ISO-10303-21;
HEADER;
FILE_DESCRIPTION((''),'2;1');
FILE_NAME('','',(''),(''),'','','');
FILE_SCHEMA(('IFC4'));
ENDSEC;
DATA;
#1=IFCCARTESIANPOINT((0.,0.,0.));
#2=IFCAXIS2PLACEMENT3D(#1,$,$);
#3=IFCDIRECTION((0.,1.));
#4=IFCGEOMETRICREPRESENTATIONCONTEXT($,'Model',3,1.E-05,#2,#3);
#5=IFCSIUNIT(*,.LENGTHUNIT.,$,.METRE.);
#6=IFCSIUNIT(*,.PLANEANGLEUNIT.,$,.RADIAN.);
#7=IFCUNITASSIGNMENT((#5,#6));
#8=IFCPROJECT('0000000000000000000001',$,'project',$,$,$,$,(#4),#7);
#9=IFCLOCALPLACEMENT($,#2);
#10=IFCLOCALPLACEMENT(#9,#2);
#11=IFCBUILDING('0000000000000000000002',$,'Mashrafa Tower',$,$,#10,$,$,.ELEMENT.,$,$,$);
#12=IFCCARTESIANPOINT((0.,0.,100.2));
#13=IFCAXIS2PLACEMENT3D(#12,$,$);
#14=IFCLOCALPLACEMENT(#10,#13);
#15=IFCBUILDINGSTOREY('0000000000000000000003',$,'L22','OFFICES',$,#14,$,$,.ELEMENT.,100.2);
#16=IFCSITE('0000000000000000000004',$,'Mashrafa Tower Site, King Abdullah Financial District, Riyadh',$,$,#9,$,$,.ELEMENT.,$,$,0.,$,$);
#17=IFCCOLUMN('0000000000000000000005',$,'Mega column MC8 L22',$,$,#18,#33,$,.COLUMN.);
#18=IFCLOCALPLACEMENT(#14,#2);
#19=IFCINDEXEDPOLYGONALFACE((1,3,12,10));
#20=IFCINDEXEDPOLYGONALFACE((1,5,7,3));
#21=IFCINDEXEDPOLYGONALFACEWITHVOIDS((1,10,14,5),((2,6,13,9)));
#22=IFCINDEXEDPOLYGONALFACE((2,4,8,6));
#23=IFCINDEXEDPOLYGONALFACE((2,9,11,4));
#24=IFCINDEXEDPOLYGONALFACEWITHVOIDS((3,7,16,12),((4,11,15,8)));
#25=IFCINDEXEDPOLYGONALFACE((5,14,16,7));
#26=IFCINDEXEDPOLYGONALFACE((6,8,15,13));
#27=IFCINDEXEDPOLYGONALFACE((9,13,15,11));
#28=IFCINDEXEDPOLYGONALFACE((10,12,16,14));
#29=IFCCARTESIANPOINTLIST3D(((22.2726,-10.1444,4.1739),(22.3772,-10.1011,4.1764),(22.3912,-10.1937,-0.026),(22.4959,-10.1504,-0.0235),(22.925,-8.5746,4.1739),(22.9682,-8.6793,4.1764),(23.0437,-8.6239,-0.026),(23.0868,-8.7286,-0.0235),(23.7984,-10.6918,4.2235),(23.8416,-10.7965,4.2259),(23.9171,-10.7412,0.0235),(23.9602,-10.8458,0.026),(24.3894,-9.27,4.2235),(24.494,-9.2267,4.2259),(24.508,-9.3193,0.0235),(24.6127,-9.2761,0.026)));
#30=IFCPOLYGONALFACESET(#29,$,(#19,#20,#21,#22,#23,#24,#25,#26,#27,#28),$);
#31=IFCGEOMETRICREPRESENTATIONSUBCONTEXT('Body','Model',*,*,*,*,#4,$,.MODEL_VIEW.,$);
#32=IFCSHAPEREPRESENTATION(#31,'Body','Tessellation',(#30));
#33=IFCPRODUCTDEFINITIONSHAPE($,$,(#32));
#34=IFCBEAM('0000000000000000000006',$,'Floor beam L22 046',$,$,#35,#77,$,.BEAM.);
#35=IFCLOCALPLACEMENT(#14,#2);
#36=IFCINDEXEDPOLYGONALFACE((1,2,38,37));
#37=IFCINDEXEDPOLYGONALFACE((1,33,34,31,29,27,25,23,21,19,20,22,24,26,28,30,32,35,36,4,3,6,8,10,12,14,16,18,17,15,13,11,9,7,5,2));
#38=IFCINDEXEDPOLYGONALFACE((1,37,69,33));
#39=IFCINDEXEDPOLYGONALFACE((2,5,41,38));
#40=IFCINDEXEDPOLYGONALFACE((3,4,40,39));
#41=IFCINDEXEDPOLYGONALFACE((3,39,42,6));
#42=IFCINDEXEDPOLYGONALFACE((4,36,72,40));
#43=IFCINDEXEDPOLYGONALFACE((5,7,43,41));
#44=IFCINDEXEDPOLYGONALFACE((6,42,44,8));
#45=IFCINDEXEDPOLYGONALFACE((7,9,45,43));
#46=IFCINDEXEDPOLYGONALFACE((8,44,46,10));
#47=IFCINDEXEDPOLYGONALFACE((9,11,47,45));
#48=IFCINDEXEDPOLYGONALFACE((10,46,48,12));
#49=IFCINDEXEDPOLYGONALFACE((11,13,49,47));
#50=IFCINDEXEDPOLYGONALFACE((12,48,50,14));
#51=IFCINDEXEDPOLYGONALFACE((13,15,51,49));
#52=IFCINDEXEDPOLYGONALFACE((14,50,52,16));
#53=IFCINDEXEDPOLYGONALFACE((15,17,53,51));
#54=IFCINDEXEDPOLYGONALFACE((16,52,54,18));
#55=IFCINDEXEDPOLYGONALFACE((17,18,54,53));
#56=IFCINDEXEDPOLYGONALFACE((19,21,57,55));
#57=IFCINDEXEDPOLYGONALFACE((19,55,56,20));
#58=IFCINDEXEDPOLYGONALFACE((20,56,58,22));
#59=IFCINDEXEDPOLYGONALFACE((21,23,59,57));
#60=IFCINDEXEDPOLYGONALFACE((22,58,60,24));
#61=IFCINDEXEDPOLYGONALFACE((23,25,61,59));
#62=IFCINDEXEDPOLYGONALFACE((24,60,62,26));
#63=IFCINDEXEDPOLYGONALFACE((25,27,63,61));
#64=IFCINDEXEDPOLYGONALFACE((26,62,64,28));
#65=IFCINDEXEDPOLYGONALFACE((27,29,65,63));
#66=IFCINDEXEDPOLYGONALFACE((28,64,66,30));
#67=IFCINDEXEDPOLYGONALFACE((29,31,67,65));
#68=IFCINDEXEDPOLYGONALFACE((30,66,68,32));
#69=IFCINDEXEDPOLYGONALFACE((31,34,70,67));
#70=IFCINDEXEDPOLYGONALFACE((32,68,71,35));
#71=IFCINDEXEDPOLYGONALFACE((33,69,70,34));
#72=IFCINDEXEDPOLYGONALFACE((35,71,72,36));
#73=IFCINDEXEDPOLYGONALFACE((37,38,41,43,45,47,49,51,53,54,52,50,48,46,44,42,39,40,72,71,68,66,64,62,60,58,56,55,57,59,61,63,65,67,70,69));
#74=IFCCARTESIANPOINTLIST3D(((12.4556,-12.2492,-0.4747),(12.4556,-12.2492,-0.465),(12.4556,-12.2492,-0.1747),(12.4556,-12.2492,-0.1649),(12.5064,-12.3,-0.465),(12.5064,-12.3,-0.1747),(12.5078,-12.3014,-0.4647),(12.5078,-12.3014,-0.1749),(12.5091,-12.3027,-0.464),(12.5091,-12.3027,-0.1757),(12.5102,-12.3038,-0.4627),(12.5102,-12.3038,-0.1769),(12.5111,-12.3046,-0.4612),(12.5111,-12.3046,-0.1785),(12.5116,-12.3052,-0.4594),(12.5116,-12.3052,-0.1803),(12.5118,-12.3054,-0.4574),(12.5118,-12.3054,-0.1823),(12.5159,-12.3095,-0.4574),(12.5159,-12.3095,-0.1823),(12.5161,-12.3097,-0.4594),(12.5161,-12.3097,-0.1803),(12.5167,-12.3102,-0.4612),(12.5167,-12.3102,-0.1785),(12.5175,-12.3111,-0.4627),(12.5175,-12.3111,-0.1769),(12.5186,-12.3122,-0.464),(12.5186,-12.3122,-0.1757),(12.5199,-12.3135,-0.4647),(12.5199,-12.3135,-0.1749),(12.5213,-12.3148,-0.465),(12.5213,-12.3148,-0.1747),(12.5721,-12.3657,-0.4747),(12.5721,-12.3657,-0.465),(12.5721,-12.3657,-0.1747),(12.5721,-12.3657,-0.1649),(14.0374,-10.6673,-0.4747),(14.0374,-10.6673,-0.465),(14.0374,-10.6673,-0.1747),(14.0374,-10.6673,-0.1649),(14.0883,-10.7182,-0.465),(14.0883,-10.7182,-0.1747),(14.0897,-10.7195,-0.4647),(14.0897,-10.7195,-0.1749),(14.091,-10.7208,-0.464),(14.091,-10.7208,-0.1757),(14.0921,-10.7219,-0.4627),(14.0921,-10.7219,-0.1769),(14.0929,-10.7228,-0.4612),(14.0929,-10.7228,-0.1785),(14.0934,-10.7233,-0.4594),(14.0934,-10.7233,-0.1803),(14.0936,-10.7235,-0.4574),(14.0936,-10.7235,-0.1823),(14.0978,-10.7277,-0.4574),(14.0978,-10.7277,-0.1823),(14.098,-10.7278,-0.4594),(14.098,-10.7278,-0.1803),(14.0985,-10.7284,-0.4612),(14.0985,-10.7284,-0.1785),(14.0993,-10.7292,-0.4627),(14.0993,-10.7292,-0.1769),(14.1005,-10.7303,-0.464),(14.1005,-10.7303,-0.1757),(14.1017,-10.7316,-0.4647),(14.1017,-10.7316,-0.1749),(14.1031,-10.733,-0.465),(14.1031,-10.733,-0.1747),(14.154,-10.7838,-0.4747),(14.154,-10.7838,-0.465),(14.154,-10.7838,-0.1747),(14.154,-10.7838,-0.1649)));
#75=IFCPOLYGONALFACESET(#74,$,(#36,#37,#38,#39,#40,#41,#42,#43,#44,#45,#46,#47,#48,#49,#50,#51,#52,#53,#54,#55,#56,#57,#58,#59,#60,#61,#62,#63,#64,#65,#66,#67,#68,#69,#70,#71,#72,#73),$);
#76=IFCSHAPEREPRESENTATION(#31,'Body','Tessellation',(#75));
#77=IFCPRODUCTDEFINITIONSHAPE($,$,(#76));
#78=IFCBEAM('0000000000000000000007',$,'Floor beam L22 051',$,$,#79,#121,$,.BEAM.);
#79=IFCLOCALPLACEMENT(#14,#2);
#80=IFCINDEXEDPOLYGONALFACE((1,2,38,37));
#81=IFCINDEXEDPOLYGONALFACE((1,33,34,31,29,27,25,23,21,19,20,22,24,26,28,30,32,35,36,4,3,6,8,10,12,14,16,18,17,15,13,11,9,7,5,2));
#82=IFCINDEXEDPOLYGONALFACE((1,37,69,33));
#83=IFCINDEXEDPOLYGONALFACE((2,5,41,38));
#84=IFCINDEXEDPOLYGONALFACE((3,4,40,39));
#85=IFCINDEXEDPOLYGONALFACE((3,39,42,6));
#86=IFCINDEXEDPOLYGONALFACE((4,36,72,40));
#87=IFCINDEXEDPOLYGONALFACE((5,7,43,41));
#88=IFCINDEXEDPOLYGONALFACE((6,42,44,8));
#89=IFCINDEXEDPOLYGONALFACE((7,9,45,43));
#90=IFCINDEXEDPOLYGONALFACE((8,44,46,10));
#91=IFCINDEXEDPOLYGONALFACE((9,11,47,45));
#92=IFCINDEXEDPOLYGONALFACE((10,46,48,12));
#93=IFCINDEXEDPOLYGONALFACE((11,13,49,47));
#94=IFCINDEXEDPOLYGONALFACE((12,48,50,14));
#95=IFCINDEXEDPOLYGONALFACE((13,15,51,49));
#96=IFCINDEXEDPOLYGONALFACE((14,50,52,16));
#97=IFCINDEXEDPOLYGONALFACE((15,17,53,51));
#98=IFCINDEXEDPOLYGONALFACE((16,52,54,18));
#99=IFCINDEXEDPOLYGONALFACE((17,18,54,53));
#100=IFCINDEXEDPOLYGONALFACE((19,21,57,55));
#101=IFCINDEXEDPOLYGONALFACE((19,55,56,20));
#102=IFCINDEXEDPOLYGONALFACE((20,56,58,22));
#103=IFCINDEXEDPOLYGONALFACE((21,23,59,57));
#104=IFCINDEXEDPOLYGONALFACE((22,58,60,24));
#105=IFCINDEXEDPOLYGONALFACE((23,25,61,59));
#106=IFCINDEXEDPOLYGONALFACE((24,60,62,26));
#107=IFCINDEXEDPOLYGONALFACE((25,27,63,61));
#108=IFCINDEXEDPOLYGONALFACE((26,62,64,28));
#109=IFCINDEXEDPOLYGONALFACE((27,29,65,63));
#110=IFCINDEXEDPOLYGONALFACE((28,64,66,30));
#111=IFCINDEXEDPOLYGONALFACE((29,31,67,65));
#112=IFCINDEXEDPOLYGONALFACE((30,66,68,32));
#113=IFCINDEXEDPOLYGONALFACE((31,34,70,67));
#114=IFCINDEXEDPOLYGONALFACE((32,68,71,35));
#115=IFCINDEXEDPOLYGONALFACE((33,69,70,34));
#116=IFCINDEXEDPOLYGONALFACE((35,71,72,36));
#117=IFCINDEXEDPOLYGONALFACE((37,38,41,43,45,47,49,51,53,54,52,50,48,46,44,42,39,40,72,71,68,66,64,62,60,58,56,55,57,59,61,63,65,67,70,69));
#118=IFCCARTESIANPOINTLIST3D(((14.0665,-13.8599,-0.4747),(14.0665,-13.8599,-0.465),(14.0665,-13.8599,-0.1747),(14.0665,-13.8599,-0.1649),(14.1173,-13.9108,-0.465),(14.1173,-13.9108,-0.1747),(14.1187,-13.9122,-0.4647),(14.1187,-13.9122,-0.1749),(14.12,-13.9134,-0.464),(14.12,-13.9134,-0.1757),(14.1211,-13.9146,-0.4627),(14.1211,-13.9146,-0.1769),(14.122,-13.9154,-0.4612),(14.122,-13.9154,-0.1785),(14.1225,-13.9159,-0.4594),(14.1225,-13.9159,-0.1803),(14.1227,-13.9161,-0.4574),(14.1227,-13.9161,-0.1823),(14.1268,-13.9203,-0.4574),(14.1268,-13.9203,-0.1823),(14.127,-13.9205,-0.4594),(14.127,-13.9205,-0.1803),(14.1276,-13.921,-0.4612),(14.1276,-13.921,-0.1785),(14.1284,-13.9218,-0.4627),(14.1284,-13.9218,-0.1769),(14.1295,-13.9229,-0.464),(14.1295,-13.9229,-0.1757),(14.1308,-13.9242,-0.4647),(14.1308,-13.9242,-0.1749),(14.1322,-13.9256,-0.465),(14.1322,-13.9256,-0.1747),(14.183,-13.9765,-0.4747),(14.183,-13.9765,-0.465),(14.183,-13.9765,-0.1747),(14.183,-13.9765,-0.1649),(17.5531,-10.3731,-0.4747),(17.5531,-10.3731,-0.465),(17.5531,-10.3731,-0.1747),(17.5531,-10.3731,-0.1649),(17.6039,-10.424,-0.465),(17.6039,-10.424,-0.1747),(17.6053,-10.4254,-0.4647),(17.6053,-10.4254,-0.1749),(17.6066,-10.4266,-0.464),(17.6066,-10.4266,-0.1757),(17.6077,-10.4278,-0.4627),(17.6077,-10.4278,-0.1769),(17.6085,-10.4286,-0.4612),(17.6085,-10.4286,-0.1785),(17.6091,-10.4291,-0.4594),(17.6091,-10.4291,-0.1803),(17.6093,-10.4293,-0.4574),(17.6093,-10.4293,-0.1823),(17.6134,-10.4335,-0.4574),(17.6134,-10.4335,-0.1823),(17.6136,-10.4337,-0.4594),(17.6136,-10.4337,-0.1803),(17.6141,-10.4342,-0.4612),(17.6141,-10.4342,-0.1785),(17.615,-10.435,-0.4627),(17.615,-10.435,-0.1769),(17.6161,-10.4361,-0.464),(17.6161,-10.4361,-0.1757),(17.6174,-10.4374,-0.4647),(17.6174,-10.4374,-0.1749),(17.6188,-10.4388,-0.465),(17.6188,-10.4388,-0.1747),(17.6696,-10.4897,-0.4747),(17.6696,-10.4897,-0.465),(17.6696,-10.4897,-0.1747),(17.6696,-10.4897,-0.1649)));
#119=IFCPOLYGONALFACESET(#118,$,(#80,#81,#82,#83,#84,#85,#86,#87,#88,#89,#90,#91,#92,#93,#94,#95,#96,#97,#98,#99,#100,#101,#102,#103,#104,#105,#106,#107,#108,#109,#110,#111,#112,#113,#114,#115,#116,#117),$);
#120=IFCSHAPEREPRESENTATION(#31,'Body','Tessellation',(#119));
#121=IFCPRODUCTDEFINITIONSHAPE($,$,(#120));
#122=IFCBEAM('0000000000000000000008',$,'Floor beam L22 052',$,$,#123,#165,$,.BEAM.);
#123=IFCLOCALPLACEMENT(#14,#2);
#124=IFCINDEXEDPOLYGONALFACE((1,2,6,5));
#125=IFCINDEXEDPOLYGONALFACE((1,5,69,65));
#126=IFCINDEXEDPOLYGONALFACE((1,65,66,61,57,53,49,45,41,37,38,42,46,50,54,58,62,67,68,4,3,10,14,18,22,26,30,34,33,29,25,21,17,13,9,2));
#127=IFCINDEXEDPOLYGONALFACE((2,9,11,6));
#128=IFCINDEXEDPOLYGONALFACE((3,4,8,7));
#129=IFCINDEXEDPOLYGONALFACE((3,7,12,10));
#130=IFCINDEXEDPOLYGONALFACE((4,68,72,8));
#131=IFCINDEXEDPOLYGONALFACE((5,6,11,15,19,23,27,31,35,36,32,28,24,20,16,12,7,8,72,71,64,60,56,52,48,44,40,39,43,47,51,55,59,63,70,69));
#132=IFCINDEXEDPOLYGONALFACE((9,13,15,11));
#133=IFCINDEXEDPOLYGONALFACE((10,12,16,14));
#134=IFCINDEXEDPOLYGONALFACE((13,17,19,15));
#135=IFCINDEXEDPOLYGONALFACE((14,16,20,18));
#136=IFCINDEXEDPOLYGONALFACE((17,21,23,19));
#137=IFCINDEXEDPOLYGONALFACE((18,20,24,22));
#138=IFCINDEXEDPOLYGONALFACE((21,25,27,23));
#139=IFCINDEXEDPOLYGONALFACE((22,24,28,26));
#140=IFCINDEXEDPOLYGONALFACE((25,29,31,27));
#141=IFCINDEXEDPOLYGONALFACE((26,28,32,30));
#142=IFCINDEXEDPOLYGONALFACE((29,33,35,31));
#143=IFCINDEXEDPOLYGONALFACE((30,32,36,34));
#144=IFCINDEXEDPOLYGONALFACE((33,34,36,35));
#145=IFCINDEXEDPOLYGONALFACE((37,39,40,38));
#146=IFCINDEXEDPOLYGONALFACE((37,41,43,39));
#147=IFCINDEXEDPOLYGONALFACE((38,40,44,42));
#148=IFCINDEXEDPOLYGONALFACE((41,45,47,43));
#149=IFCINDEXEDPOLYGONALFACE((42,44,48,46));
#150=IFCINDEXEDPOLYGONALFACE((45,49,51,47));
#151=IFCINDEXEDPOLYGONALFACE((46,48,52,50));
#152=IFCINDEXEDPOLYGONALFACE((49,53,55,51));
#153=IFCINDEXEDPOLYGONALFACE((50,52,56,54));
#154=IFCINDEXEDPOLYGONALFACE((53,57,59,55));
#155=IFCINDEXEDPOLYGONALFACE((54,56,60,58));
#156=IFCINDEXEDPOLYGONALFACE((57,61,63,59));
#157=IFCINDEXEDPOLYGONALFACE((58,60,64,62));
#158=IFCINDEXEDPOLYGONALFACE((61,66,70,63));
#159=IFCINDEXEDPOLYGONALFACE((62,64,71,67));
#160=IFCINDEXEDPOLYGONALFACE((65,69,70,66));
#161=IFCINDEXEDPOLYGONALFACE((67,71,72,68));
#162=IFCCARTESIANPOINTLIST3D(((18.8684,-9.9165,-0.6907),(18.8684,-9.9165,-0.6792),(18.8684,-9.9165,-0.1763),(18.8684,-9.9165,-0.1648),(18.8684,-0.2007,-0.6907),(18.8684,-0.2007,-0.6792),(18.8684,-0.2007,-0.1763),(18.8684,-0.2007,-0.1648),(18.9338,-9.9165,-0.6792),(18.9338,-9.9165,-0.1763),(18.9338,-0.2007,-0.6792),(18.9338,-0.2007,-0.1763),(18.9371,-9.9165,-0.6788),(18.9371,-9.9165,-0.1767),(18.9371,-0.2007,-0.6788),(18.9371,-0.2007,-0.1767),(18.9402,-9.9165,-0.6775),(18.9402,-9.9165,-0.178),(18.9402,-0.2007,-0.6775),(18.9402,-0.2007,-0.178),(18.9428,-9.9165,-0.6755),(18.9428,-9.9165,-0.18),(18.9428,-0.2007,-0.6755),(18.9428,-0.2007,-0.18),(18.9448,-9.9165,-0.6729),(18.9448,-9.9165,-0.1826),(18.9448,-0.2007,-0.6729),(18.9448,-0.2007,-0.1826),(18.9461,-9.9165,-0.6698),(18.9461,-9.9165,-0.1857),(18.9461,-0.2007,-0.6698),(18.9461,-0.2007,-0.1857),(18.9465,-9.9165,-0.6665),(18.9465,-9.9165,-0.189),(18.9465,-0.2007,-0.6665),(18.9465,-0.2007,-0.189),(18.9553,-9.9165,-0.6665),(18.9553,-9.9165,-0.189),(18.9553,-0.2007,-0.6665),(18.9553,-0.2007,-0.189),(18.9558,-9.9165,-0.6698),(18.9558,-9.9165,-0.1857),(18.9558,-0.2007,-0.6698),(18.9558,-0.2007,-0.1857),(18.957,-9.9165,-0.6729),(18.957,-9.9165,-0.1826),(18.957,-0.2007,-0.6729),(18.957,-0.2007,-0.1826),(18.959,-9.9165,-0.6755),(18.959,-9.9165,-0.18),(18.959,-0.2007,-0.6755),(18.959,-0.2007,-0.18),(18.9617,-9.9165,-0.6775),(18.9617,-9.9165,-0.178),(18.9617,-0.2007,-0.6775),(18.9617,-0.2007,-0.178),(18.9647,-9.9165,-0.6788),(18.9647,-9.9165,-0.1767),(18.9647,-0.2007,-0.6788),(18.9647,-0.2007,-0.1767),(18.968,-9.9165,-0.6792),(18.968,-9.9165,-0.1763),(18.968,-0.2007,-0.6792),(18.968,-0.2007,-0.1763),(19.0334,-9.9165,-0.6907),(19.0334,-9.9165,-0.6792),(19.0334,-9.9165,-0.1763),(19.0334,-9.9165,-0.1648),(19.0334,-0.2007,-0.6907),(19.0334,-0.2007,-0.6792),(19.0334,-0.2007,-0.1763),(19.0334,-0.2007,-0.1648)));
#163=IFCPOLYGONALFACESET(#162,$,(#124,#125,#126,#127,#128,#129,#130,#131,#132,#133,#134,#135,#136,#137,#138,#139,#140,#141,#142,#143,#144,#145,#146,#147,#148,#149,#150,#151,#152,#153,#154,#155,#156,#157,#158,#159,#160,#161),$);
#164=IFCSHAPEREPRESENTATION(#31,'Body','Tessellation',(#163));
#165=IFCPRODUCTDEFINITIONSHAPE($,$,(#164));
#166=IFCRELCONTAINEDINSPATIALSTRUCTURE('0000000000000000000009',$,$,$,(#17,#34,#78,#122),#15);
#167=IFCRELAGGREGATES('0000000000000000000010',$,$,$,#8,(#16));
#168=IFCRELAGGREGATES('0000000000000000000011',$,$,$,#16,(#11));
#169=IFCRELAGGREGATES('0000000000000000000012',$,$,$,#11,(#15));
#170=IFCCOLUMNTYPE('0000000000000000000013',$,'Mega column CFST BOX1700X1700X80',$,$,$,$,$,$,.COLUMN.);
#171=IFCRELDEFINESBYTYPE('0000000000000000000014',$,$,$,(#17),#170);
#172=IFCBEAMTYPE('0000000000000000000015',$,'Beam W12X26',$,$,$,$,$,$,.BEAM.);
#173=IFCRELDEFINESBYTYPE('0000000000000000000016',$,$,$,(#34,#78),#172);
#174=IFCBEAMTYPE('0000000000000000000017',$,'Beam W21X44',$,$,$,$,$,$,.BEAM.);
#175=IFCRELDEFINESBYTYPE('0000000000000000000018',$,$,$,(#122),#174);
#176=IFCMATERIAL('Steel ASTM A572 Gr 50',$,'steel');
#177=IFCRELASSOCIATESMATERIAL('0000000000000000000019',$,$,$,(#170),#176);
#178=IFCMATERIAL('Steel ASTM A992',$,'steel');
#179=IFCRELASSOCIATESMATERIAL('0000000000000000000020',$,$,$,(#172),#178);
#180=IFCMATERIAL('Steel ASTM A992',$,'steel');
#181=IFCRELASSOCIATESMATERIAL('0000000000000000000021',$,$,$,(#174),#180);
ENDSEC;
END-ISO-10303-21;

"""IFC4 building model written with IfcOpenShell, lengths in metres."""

from ifc_helpers import new_model, si_unit, direction, frame, origin, origin_2d, place, context, subcontext, project, spatial, hollow_rectangle, i_section, extrude, material, material_profile, profile_set, type_object, element, save


model = new_model("IFC4")

# Units and contexts
model_context = context("Model", 3, precision=1e-05, world=origin(), true_north=direction((0.0, 1.0)))
body_context = subcontext(model_context, "Body", "Model", "MODEL_VIEW")
ifc_project = project(units=[si_unit("LENGTHUNIT", "METRE"), si_unit("PLANEANGLEUNIT", "RADIAN")], contexts=[model_context])

# Site, building, storey
site_placement = place(None, origin())
site = spatial("IfcSite", under=ifc_project, at=site_placement, Name="Mashrafa Tower Site, King Abdullah Financial District, Riyadh", CompositionType="ELEMENT", RefElevation=0.0)
building_placement = place(site_placement, origin())
building = spatial("IfcBuilding", under=site, at=building_placement, Name="Mashrafa Tower", CompositionType="ELEMENT")
storey_placement = place(building_placement, frame((0.0, 0.0, 100.2)))
storey = spatial("IfcBuildingStorey", under=building, at=storey_placement, Name="L22", Description="OFFICES", CompositionType="ELEMENT", Elevation=100.2)

# Column
ifc_material_1 = material(Name="Steel ASTM A572 Gr 50", Category="steel")
ifc_material_profile_1 = material_profile(ifc_material_1, hollow_rectangle(XDim=1.7, YDim=1.7, WallThickness=0.0801, at=origin_2d()), Name="BOX1700X1700X80")
ifc_profile_set_1 = profile_set([ifc_material_profile_1], Name="Steel ASTM A572 Gr 50")
column_type = type_object("IfcColumnType", Name="Mega column CFST BOX1700X1700X80", PredefinedType="COLUMN", material=ifc_profile_set_1)
column_placement = place(storey_placement, frame((23.502, -9.7349, 0.0), z_axis=(-0.028238, 0.011737, 0.999532), x_axis=(-0.383806, -0.923414, 0.0)))
element("IfcColumn", 1, at=column_placement, inside=storey, type_object=column_type, Name="Mega column MC8 L22", PredefinedType="COLUMN", context=body_context, shape_type="SweptSolid", body=[
    extrude(hollow_rectangle(XDim=1.7, YDim=1.7, WallThickness=0.0801, at=origin_2d()), origin(), (0.0, 0.0, 1.0), 4.2019),
])

# Beams
ifc_material_2 = material(Name="Steel ASTM A992", Category="steel")
ifc_material_profile_2 = material_profile(ifc_material_2, i_section(OverallWidth=0.1648, OverallDepth=0.3098, WebThickness=0.0059, FlangeThickness=0.0098, FilletRadius=0.0076, at=origin_2d()), Name="W12X26")
ifc_profile_set_2 = profile_set([ifc_material_profile_2], Name="Steel ASTM A992")
beam_type_1 = type_object("IfcBeamType", Name="Beam W12X26", PredefinedType="BEAM", material=ifc_profile_set_2)
beam_1_placement = place(storey_placement, frame((14.0957, -10.7256, -0.3198), z_axis=(-0.707107, -0.707107, 0.0), x_axis=(0.707107, -0.707107, 0.0)))
element("IfcBeam", 2, at=beam_1_placement, inside=storey, type_object=beam_type_1, Name="Floor beam L22 046", PredefinedType="BEAM", context=body_context, shape_type="SweptSolid", body=[
    extrude(i_section(OverallWidth=0.1648, OverallDepth=0.3098, WebThickness=0.0059, FlangeThickness=0.0098, FilletRadius=0.0076, at=origin_2d()), origin(), (0.0, 0.0, 1.0), 2.2371),
])
beam_2_placement = place(storey_placement, frame((17.6113, -10.4314, -0.3198), z_axis=(-0.707082, -0.707132, 0.0), x_axis=(0.707132, -0.707082, 0.0)))
element("IfcBeam", 3, at=beam_2_placement, inside=storey, type_object=beam_type_1, Name="Floor beam L22 051", PredefinedType="BEAM", context=body_context, shape_type="SweptSolid", body=[
    extrude(i_section(OverallWidth=0.1648, OverallDepth=0.3098, WebThickness=0.0059, FlangeThickness=0.0098, FilletRadius=0.0076, at=origin_2d()), origin(), (0.0, 0.0, 1.0), 4.9309),
])
ifc_material_3 = material(Name="Steel ASTM A992", Category="steel")
ifc_material_profile_3 = material_profile(ifc_material_3, i_section(OverallWidth=0.165, OverallDepth=0.5259, WebThickness=0.0088, FlangeThickness=0.0115, FilletRadius=0.0127, at=origin_2d()), Name="W21X44")
ifc_profile_set_3 = profile_set([ifc_material_profile_3], Name="Steel ASTM A992")
beam_type_2 = type_object("IfcBeamType", Name="Beam W21X44", PredefinedType="BEAM", material=ifc_profile_set_3)
beam_3_placement = place(storey_placement, frame((18.9509, -0.2007, -0.4277), z_axis=(0.0, -1.0, 0.0), x_axis=(1.0, 0.0, 0.0)))
element("IfcBeam", 4, at=beam_3_placement, inside=storey, type_object=beam_type_2, Name="Floor beam L22 052", PredefinedType="BEAM", context=body_context, shape_type="SweptSolid", body=[
    extrude(i_section(OverallWidth=0.165, OverallDepth=0.5259, WebThickness=0.0088, FlangeThickness=0.0115, FilletRadius=0.0127, at=origin_2d()), origin(), (0.0, 0.0, 1.0), 9.7158),
])

save(model, "model.ifc")
